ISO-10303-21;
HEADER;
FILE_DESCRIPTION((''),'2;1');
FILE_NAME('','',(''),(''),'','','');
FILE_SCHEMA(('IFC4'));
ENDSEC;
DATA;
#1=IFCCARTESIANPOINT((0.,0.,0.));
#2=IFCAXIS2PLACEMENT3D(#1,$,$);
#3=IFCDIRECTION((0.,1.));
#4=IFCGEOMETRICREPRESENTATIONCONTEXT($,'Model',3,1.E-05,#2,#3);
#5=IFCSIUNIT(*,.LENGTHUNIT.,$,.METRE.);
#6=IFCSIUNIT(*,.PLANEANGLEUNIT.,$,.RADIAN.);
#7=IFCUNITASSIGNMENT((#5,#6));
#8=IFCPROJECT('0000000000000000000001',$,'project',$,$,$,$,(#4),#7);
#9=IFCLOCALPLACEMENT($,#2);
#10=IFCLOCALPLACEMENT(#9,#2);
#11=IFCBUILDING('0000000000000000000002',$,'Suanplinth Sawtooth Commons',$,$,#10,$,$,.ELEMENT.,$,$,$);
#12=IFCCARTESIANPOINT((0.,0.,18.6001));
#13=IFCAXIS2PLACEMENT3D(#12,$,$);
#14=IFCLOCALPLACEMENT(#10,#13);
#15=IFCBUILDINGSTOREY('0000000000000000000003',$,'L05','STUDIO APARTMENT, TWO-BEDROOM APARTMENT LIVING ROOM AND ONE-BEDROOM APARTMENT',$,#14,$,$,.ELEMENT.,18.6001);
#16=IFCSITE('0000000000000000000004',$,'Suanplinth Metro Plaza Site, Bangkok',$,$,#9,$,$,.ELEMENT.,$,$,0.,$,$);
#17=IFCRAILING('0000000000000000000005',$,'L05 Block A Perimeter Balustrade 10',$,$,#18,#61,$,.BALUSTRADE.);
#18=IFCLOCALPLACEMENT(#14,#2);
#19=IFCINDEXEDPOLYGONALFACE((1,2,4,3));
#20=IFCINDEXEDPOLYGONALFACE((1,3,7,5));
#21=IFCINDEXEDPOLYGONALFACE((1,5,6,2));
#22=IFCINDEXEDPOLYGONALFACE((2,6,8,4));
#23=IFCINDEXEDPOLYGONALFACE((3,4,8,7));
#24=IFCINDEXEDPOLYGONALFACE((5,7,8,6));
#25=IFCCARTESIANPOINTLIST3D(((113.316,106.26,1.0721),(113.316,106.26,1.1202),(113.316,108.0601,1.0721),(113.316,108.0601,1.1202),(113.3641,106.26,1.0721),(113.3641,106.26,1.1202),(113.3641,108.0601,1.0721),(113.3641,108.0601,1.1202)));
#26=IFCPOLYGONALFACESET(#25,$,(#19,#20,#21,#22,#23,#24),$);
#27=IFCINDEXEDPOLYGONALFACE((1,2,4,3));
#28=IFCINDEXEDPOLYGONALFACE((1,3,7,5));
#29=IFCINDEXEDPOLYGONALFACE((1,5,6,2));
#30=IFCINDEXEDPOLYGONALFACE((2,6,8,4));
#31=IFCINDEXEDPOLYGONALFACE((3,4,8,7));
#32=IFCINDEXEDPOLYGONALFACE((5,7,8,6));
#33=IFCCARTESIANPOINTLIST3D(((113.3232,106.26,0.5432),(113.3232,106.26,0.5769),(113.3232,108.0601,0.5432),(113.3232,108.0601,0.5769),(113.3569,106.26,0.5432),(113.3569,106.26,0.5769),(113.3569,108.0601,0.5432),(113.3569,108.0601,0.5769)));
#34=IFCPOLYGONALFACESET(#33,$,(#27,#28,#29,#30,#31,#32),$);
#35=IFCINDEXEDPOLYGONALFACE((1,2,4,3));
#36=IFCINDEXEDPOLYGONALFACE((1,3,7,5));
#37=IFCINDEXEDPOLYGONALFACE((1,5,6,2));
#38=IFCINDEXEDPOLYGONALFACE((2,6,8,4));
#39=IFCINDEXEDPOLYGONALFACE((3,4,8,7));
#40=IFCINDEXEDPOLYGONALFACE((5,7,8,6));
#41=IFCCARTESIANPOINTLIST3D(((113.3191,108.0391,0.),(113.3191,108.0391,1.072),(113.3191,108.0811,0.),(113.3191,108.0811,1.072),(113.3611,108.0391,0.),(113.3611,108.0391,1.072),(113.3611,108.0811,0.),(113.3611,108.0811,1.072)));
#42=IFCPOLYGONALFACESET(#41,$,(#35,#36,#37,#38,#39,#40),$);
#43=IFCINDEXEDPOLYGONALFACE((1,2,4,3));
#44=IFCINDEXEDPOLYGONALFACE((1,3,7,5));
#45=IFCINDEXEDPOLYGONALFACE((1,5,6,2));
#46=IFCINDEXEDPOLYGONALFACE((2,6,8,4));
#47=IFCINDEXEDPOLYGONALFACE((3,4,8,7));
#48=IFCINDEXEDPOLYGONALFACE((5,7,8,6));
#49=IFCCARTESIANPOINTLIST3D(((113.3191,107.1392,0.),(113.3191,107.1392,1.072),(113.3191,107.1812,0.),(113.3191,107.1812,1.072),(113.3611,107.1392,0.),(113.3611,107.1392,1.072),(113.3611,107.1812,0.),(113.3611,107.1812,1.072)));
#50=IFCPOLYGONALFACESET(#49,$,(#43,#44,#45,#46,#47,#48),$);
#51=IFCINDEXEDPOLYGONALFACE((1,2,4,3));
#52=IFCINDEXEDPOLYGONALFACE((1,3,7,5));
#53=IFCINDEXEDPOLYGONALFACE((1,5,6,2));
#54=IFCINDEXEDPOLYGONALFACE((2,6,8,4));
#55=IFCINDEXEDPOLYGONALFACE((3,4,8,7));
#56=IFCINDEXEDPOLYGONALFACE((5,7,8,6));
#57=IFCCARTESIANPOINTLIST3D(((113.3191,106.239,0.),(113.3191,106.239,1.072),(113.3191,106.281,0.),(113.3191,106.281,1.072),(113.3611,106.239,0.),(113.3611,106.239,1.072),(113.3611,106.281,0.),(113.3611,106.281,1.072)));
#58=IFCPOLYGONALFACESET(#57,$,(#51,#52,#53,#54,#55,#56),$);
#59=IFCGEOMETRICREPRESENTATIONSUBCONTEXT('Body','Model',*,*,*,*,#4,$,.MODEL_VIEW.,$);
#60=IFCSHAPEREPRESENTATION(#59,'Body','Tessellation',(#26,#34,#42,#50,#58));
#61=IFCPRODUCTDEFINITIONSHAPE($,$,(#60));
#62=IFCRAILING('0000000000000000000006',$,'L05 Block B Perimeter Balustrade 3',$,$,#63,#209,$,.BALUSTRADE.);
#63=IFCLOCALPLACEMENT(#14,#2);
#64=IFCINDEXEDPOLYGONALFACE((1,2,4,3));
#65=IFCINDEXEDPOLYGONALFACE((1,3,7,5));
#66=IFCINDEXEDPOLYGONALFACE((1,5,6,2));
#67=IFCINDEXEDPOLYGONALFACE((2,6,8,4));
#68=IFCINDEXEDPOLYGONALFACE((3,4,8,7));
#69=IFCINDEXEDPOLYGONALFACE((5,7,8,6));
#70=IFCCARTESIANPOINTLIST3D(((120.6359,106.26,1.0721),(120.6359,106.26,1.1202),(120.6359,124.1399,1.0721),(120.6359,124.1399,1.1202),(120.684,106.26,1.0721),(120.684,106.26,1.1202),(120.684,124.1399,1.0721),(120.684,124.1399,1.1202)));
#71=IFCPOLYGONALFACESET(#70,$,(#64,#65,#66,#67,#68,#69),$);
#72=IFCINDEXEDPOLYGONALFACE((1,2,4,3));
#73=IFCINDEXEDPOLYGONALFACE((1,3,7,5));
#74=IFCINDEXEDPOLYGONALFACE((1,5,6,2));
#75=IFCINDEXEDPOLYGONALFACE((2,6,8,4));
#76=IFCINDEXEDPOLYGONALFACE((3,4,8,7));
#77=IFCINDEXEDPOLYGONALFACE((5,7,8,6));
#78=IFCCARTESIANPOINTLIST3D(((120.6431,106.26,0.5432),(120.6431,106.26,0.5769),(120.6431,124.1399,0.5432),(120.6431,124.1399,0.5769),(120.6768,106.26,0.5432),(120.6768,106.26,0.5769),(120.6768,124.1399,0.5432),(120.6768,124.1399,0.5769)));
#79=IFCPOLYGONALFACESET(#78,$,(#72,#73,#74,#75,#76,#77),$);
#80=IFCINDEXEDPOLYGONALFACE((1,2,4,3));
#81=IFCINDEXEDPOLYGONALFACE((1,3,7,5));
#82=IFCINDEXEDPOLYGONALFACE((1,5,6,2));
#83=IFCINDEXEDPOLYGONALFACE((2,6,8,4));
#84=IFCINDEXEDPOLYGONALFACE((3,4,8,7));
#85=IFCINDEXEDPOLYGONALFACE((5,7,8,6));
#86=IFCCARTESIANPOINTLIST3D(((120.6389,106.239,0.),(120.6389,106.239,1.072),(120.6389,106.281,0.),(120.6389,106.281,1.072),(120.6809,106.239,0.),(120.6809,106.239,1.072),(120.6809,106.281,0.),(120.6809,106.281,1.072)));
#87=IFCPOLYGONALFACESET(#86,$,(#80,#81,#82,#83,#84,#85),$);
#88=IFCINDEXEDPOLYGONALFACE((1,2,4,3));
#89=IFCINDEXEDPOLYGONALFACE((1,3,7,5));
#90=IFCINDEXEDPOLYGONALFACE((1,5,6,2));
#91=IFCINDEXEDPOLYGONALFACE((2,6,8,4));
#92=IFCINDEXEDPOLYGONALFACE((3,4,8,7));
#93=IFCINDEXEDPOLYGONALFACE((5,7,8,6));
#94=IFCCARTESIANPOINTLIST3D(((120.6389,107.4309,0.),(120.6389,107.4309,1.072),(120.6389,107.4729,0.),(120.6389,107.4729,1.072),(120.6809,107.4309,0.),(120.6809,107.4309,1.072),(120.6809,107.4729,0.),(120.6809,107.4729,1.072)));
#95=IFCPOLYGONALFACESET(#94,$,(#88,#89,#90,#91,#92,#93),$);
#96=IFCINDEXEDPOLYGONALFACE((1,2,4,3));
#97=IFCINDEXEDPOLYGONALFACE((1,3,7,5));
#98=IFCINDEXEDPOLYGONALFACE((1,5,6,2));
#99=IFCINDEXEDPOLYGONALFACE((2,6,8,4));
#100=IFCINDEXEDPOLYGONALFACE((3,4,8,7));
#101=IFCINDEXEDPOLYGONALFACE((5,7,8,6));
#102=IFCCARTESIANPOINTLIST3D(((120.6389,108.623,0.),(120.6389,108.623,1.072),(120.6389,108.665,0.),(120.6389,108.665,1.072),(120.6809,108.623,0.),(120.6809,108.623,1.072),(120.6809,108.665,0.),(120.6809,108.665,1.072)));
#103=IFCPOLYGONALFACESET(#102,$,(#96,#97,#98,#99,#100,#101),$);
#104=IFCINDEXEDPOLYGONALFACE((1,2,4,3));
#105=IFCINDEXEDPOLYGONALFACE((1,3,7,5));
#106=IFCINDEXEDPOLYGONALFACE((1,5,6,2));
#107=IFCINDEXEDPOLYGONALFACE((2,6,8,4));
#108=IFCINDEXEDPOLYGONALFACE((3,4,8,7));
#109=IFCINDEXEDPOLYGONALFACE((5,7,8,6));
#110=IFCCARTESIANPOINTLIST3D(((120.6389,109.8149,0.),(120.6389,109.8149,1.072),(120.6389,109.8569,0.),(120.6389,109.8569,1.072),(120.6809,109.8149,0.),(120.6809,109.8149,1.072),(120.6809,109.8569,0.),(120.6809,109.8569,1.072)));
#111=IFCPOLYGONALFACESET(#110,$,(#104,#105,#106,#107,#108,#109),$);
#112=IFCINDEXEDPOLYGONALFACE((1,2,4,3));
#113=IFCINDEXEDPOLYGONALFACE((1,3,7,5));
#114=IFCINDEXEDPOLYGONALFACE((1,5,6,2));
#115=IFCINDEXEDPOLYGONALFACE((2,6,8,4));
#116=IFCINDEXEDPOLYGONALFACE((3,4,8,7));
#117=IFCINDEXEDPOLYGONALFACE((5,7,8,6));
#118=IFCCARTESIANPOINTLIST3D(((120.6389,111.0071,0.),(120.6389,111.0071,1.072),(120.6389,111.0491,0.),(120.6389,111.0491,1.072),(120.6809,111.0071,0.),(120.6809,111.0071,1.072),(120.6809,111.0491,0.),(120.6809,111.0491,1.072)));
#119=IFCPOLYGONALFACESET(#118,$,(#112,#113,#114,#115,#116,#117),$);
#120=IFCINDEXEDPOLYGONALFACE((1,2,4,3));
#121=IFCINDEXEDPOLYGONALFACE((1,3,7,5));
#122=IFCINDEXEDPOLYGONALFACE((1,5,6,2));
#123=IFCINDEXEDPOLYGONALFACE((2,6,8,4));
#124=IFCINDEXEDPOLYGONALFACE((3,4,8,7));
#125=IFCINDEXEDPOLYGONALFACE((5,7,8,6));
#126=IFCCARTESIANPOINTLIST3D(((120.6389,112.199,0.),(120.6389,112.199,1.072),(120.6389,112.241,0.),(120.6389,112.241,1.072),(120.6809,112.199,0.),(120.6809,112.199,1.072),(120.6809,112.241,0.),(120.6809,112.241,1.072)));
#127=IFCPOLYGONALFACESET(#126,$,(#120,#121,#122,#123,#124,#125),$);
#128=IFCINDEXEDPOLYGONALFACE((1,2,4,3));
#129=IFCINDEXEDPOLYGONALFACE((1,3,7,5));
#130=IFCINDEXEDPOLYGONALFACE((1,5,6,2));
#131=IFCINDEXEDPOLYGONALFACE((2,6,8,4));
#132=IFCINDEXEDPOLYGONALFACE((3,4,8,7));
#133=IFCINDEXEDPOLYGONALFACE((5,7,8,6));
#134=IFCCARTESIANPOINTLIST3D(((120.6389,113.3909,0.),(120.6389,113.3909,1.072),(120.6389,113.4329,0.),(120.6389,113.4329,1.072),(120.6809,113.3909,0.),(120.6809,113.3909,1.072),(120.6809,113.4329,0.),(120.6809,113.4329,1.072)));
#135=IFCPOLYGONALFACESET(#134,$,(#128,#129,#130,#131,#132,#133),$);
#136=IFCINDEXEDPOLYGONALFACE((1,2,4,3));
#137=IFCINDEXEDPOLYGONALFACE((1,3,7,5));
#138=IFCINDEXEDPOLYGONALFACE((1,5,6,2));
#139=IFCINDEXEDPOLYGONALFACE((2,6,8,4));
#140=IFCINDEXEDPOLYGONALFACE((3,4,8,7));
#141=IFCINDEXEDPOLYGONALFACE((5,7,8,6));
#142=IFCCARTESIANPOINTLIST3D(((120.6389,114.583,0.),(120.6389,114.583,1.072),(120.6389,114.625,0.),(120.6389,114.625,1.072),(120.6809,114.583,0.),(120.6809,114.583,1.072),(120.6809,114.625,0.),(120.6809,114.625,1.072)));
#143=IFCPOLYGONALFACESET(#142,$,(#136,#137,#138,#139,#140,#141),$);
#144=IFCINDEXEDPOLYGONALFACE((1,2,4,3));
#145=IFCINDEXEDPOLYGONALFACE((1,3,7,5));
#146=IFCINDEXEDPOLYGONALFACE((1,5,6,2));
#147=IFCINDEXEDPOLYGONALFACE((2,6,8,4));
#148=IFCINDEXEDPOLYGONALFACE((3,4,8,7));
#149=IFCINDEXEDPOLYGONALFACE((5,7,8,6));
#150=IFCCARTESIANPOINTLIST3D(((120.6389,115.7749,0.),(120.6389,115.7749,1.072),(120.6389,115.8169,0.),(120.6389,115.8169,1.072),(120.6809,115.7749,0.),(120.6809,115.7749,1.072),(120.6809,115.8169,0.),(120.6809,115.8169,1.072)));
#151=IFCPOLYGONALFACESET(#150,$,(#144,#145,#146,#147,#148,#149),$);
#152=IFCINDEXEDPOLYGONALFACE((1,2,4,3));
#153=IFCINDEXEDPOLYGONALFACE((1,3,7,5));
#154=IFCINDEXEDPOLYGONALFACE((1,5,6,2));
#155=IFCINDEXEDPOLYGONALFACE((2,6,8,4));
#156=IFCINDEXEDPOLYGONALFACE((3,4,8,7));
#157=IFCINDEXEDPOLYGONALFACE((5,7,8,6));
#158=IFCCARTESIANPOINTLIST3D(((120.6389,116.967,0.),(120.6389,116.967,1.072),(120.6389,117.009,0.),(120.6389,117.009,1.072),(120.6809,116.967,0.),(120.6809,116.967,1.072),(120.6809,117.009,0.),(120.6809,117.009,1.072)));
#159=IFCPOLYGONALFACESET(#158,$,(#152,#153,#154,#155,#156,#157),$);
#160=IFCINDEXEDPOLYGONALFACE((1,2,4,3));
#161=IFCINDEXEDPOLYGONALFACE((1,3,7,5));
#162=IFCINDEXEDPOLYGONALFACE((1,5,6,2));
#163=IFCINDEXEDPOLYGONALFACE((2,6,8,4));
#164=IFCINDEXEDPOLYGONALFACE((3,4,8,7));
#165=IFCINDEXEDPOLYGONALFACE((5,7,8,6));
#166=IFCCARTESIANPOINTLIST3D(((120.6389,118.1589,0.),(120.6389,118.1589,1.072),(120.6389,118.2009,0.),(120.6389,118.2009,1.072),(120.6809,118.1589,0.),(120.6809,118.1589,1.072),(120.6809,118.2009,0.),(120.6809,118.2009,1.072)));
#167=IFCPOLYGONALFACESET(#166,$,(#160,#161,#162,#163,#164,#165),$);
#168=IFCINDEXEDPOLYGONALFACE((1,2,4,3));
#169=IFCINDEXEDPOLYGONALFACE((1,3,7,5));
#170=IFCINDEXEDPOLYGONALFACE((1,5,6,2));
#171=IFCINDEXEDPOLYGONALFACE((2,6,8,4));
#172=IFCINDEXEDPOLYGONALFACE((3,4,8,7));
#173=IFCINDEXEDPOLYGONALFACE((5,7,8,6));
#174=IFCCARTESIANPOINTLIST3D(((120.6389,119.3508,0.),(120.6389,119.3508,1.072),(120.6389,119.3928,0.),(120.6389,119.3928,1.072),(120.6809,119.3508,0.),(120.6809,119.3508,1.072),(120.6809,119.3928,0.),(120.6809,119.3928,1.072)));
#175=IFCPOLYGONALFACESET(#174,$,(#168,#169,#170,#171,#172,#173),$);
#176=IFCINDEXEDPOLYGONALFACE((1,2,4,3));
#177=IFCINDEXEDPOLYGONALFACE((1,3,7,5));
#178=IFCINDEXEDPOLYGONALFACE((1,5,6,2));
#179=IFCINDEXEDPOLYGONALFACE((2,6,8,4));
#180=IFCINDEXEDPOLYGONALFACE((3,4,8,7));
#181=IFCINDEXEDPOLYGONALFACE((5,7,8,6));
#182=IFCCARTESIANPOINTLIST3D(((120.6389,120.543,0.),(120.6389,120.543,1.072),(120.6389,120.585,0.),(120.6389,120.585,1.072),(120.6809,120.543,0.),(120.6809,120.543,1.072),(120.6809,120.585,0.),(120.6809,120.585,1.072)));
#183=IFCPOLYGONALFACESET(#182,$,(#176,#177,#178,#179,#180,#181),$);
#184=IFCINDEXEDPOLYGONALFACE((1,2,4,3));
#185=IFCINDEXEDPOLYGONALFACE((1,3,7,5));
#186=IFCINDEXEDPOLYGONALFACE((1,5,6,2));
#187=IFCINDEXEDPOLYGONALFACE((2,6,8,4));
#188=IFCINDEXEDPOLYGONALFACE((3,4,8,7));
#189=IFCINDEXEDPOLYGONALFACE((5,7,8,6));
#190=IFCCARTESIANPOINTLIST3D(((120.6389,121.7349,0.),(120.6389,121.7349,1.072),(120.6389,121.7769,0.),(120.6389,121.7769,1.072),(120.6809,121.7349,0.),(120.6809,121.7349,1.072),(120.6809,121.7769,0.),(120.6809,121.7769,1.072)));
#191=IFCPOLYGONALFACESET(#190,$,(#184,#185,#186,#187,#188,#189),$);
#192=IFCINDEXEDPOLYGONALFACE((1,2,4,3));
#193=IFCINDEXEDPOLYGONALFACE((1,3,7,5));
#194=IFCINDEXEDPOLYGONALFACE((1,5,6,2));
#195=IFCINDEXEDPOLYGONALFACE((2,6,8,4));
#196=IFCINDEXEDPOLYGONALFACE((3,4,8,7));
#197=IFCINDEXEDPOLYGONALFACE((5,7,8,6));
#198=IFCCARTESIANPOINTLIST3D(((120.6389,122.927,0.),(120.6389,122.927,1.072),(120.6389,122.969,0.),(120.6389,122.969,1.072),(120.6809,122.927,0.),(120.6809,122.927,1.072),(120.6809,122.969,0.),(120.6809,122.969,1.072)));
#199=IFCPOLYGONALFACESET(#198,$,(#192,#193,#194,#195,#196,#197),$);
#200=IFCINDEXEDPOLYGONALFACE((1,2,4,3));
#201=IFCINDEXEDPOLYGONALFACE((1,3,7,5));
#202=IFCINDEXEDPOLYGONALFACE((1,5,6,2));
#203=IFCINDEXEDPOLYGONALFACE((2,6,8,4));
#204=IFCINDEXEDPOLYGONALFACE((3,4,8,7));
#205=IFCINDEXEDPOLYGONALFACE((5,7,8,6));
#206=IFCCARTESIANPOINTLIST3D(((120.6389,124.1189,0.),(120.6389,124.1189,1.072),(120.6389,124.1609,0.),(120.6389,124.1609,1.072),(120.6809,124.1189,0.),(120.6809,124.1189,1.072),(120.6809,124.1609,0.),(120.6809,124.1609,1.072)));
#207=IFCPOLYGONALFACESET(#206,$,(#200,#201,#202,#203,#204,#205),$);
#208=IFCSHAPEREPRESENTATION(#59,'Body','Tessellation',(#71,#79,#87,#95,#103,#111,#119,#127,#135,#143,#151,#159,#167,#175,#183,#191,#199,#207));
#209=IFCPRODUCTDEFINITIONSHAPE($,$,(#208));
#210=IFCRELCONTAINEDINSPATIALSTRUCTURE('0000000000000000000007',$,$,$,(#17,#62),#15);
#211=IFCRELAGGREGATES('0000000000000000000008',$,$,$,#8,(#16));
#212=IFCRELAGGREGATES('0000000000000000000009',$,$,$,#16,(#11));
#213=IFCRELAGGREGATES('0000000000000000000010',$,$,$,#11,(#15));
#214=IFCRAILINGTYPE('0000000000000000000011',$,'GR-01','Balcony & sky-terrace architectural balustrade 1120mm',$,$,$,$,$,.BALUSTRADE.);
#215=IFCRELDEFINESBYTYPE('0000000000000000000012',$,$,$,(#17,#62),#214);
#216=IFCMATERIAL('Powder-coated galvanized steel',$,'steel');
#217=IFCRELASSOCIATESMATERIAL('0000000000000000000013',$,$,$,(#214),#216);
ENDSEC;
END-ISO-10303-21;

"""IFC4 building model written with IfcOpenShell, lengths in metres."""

from ifc_helpers import new_model, si_unit, direction, frame, origin, origin_2d, place, context, subcontext, project, spatial, rectangle, extrude, material, type_object, element, save


model = new_model("IFC4")

# Units and contexts
model_context = context("Model", 3, precision=1e-05, world=origin(), true_north=direction((0.0, 1.0)))
body_context = subcontext(model_context, "Body", "Model", "MODEL_VIEW")
ifc_project = project(units=[si_unit("LENGTHUNIT", "METRE"), si_unit("PLANEANGLEUNIT", "RADIAN")], contexts=[model_context])

# Site, building, storey
site_placement = place(None, origin())
site = spatial("IfcSite", under=ifc_project, at=site_placement, Name="Suanplinth Metro Plaza Site, Bangkok", CompositionType="ELEMENT", RefElevation=0.0)
building_placement = place(site_placement, origin())
building = spatial("IfcBuilding", under=site, at=building_placement, Name="Suanplinth Sawtooth Commons", CompositionType="ELEMENT")
storey_placement = place(building_placement, frame((0.0, 0.0, 18.6001)))
storey = spatial("IfcBuildingStorey", under=building, at=storey_placement, Name="L05", Description="STUDIO APARTMENT, TWO-BEDROOM APARTMENT LIVING ROOM AND ONE-BEDROOM APARTMENT", CompositionType="ELEMENT", Elevation=18.6001)

# Railings
ifc_material_1 = material(Name="Powder-coated galvanized steel", Category="steel")
railing_type = type_object("IfcRailingType", Name="GR-01", Description="Balcony & sky-terrace architectural balustrade 1120mm", PredefinedType="BALUSTRADE", material=ifc_material_1)
railing_1_placement = place(storey_placement, frame((113.3401, 108.0601, 0.0)))
element("IfcRailing", 1, at=railing_1_placement, inside=storey, type_object=railing_type, Name="L05 Block A Perimeter Balustrade 10", PredefinedType="BALUSTRADE", context=body_context, shape_type="SweptSolid", body=[
    extrude(rectangle(XDim=0.0481, YDim=0.0481, at=origin_2d()), frame((0.0, 0.0, 1.0962), z_axis=(0.0, -1.0, 0.0), x_axis=(1.0, 0.0, 0.0)), (0.0, 0.0, 1.0), 1.8),
    extrude(rectangle(XDim=0.0337, YDim=0.0337, at=origin_2d()), frame((0.0, 0.0, 0.5601), z_axis=(0.0, -1.0, 0.0), x_axis=(1.0, 0.0, 0.0)), (0.0, 0.0, 1.0), 1.8),
    extrude(rectangle(XDim=0.042, YDim=0.042, at=origin_2d()), origin(), (0.0, 0.0, 1.0), 1.072),
    extrude(rectangle(XDim=0.042, YDim=0.042, at=origin_2d()), frame((0.0, -0.8999, 0.0)), (0.0, 0.0, 1.0), 1.072),
    extrude(rectangle(XDim=0.042, YDim=0.042, at=origin_2d()), frame((0.0, -1.8, 0.0)), (0.0, 0.0, 1.0), 1.072),
])
railing_2_placement = place(storey_placement, frame((120.6599, 106.26, 0.0)))
element("IfcRailing", 2, at=railing_2_placement, inside=storey, type_object=railing_type, Name="L05 Block B Perimeter Balustrade 3", PredefinedType="BALUSTRADE", context=body_context, shape_type="SweptSolid", body=[
    extrude(rectangle(XDim=0.0481, YDim=0.0481, at=origin_2d()), frame((0.0, 0.0, 1.0962), z_axis=(0.0, 1.0, 0.0), x_axis=(-1.0, 0.0, 0.0)), (0.0, 0.0, 1.0), 17.8799),
    extrude(rectangle(XDim=0.0337, YDim=0.0337, at=origin_2d()), frame((0.0, 0.0, 0.5601), z_axis=(0.0, 1.0, 0.0), x_axis=(-1.0, 0.0, 0.0)), (0.0, 0.0, 1.0), 17.8799),
    extrude(rectangle(XDim=0.042, YDim=0.042, at=origin_2d()), origin(), (0.0, 0.0, 1.0), 1.072),
    extrude(rectangle(XDim=0.042, YDim=0.042, at=origin_2d()), frame((0.0, 1.1919, 0.0)), (0.0, 0.0, 1.0), 1.072),
    extrude(rectangle(XDim=0.042, YDim=0.042, at=origin_2d()), frame((0.0, 2.384, 0.0)), (0.0, 0.0, 1.0), 1.072),
    extrude(rectangle(XDim=0.042, YDim=0.042, at=origin_2d()), frame((0.0, 3.5759, 0.0)), (0.0, 0.0, 1.0), 1.072),
    extrude(rectangle(XDim=0.042, YDim=0.042, at=origin_2d()), frame((0.0, 4.7681, 0.0)), (0.0, 0.0, 1.0), 1.072),
    extrude(rectangle(XDim=0.042, YDim=0.042, at=origin_2d()), frame((0.0, 5.96, 0.0)), (0.0, 0.0, 1.0), 1.072),
    extrude(rectangle(XDim=0.042, YDim=0.042, at=origin_2d()), frame((0.0, 7.1519, 0.0)), (0.0, 0.0, 1.0), 1.072),
    extrude(rectangle(XDim=0.042, YDim=0.042, at=origin_2d()), frame((0.0, 8.344, 0.0)), (0.0, 0.0, 1.0), 1.072),
    extrude(rectangle(XDim=0.042, YDim=0.042, at=origin_2d()), frame((0.0, 9.5359, 0.0)), (0.0, 0.0, 1.0), 1.072),
    extrude(rectangle(XDim=0.042, YDim=0.042, at=origin_2d()), frame((0.0, 10.728, 0.0)), (0.0, 0.0, 1.0), 1.072),
    extrude(rectangle(XDim=0.042, YDim=0.042, at=origin_2d()), frame((0.0, 11.9199, 0.0)), (0.0, 0.0, 1.0), 1.072),
    extrude(rectangle(XDim=0.042, YDim=0.042, at=origin_2d()), frame((0.0, 13.1118, 0.0)), (0.0, 0.0, 1.0), 1.072),
    extrude(rectangle(XDim=0.042, YDim=0.042, at=origin_2d()), frame((0.0, 14.304, 0.0)), (0.0, 0.0, 1.0), 1.072),
    extrude(rectangle(XDim=0.042, YDim=0.042, at=origin_2d()), frame((0.0, 15.4958, 0.0)), (0.0, 0.0, 1.0), 1.072),
    extrude(rectangle(XDim=0.042, YDim=0.042, at=origin_2d()), frame((0.0, 16.688, 0.0)), (0.0, 0.0, 1.0), 1.072),
    extrude(rectangle(XDim=0.042, YDim=0.042, at=origin_2d()), frame((0.0, 17.8799, 0.0)), (0.0, 0.0, 1.0), 1.072),
])

save(model, "model.ifc")
